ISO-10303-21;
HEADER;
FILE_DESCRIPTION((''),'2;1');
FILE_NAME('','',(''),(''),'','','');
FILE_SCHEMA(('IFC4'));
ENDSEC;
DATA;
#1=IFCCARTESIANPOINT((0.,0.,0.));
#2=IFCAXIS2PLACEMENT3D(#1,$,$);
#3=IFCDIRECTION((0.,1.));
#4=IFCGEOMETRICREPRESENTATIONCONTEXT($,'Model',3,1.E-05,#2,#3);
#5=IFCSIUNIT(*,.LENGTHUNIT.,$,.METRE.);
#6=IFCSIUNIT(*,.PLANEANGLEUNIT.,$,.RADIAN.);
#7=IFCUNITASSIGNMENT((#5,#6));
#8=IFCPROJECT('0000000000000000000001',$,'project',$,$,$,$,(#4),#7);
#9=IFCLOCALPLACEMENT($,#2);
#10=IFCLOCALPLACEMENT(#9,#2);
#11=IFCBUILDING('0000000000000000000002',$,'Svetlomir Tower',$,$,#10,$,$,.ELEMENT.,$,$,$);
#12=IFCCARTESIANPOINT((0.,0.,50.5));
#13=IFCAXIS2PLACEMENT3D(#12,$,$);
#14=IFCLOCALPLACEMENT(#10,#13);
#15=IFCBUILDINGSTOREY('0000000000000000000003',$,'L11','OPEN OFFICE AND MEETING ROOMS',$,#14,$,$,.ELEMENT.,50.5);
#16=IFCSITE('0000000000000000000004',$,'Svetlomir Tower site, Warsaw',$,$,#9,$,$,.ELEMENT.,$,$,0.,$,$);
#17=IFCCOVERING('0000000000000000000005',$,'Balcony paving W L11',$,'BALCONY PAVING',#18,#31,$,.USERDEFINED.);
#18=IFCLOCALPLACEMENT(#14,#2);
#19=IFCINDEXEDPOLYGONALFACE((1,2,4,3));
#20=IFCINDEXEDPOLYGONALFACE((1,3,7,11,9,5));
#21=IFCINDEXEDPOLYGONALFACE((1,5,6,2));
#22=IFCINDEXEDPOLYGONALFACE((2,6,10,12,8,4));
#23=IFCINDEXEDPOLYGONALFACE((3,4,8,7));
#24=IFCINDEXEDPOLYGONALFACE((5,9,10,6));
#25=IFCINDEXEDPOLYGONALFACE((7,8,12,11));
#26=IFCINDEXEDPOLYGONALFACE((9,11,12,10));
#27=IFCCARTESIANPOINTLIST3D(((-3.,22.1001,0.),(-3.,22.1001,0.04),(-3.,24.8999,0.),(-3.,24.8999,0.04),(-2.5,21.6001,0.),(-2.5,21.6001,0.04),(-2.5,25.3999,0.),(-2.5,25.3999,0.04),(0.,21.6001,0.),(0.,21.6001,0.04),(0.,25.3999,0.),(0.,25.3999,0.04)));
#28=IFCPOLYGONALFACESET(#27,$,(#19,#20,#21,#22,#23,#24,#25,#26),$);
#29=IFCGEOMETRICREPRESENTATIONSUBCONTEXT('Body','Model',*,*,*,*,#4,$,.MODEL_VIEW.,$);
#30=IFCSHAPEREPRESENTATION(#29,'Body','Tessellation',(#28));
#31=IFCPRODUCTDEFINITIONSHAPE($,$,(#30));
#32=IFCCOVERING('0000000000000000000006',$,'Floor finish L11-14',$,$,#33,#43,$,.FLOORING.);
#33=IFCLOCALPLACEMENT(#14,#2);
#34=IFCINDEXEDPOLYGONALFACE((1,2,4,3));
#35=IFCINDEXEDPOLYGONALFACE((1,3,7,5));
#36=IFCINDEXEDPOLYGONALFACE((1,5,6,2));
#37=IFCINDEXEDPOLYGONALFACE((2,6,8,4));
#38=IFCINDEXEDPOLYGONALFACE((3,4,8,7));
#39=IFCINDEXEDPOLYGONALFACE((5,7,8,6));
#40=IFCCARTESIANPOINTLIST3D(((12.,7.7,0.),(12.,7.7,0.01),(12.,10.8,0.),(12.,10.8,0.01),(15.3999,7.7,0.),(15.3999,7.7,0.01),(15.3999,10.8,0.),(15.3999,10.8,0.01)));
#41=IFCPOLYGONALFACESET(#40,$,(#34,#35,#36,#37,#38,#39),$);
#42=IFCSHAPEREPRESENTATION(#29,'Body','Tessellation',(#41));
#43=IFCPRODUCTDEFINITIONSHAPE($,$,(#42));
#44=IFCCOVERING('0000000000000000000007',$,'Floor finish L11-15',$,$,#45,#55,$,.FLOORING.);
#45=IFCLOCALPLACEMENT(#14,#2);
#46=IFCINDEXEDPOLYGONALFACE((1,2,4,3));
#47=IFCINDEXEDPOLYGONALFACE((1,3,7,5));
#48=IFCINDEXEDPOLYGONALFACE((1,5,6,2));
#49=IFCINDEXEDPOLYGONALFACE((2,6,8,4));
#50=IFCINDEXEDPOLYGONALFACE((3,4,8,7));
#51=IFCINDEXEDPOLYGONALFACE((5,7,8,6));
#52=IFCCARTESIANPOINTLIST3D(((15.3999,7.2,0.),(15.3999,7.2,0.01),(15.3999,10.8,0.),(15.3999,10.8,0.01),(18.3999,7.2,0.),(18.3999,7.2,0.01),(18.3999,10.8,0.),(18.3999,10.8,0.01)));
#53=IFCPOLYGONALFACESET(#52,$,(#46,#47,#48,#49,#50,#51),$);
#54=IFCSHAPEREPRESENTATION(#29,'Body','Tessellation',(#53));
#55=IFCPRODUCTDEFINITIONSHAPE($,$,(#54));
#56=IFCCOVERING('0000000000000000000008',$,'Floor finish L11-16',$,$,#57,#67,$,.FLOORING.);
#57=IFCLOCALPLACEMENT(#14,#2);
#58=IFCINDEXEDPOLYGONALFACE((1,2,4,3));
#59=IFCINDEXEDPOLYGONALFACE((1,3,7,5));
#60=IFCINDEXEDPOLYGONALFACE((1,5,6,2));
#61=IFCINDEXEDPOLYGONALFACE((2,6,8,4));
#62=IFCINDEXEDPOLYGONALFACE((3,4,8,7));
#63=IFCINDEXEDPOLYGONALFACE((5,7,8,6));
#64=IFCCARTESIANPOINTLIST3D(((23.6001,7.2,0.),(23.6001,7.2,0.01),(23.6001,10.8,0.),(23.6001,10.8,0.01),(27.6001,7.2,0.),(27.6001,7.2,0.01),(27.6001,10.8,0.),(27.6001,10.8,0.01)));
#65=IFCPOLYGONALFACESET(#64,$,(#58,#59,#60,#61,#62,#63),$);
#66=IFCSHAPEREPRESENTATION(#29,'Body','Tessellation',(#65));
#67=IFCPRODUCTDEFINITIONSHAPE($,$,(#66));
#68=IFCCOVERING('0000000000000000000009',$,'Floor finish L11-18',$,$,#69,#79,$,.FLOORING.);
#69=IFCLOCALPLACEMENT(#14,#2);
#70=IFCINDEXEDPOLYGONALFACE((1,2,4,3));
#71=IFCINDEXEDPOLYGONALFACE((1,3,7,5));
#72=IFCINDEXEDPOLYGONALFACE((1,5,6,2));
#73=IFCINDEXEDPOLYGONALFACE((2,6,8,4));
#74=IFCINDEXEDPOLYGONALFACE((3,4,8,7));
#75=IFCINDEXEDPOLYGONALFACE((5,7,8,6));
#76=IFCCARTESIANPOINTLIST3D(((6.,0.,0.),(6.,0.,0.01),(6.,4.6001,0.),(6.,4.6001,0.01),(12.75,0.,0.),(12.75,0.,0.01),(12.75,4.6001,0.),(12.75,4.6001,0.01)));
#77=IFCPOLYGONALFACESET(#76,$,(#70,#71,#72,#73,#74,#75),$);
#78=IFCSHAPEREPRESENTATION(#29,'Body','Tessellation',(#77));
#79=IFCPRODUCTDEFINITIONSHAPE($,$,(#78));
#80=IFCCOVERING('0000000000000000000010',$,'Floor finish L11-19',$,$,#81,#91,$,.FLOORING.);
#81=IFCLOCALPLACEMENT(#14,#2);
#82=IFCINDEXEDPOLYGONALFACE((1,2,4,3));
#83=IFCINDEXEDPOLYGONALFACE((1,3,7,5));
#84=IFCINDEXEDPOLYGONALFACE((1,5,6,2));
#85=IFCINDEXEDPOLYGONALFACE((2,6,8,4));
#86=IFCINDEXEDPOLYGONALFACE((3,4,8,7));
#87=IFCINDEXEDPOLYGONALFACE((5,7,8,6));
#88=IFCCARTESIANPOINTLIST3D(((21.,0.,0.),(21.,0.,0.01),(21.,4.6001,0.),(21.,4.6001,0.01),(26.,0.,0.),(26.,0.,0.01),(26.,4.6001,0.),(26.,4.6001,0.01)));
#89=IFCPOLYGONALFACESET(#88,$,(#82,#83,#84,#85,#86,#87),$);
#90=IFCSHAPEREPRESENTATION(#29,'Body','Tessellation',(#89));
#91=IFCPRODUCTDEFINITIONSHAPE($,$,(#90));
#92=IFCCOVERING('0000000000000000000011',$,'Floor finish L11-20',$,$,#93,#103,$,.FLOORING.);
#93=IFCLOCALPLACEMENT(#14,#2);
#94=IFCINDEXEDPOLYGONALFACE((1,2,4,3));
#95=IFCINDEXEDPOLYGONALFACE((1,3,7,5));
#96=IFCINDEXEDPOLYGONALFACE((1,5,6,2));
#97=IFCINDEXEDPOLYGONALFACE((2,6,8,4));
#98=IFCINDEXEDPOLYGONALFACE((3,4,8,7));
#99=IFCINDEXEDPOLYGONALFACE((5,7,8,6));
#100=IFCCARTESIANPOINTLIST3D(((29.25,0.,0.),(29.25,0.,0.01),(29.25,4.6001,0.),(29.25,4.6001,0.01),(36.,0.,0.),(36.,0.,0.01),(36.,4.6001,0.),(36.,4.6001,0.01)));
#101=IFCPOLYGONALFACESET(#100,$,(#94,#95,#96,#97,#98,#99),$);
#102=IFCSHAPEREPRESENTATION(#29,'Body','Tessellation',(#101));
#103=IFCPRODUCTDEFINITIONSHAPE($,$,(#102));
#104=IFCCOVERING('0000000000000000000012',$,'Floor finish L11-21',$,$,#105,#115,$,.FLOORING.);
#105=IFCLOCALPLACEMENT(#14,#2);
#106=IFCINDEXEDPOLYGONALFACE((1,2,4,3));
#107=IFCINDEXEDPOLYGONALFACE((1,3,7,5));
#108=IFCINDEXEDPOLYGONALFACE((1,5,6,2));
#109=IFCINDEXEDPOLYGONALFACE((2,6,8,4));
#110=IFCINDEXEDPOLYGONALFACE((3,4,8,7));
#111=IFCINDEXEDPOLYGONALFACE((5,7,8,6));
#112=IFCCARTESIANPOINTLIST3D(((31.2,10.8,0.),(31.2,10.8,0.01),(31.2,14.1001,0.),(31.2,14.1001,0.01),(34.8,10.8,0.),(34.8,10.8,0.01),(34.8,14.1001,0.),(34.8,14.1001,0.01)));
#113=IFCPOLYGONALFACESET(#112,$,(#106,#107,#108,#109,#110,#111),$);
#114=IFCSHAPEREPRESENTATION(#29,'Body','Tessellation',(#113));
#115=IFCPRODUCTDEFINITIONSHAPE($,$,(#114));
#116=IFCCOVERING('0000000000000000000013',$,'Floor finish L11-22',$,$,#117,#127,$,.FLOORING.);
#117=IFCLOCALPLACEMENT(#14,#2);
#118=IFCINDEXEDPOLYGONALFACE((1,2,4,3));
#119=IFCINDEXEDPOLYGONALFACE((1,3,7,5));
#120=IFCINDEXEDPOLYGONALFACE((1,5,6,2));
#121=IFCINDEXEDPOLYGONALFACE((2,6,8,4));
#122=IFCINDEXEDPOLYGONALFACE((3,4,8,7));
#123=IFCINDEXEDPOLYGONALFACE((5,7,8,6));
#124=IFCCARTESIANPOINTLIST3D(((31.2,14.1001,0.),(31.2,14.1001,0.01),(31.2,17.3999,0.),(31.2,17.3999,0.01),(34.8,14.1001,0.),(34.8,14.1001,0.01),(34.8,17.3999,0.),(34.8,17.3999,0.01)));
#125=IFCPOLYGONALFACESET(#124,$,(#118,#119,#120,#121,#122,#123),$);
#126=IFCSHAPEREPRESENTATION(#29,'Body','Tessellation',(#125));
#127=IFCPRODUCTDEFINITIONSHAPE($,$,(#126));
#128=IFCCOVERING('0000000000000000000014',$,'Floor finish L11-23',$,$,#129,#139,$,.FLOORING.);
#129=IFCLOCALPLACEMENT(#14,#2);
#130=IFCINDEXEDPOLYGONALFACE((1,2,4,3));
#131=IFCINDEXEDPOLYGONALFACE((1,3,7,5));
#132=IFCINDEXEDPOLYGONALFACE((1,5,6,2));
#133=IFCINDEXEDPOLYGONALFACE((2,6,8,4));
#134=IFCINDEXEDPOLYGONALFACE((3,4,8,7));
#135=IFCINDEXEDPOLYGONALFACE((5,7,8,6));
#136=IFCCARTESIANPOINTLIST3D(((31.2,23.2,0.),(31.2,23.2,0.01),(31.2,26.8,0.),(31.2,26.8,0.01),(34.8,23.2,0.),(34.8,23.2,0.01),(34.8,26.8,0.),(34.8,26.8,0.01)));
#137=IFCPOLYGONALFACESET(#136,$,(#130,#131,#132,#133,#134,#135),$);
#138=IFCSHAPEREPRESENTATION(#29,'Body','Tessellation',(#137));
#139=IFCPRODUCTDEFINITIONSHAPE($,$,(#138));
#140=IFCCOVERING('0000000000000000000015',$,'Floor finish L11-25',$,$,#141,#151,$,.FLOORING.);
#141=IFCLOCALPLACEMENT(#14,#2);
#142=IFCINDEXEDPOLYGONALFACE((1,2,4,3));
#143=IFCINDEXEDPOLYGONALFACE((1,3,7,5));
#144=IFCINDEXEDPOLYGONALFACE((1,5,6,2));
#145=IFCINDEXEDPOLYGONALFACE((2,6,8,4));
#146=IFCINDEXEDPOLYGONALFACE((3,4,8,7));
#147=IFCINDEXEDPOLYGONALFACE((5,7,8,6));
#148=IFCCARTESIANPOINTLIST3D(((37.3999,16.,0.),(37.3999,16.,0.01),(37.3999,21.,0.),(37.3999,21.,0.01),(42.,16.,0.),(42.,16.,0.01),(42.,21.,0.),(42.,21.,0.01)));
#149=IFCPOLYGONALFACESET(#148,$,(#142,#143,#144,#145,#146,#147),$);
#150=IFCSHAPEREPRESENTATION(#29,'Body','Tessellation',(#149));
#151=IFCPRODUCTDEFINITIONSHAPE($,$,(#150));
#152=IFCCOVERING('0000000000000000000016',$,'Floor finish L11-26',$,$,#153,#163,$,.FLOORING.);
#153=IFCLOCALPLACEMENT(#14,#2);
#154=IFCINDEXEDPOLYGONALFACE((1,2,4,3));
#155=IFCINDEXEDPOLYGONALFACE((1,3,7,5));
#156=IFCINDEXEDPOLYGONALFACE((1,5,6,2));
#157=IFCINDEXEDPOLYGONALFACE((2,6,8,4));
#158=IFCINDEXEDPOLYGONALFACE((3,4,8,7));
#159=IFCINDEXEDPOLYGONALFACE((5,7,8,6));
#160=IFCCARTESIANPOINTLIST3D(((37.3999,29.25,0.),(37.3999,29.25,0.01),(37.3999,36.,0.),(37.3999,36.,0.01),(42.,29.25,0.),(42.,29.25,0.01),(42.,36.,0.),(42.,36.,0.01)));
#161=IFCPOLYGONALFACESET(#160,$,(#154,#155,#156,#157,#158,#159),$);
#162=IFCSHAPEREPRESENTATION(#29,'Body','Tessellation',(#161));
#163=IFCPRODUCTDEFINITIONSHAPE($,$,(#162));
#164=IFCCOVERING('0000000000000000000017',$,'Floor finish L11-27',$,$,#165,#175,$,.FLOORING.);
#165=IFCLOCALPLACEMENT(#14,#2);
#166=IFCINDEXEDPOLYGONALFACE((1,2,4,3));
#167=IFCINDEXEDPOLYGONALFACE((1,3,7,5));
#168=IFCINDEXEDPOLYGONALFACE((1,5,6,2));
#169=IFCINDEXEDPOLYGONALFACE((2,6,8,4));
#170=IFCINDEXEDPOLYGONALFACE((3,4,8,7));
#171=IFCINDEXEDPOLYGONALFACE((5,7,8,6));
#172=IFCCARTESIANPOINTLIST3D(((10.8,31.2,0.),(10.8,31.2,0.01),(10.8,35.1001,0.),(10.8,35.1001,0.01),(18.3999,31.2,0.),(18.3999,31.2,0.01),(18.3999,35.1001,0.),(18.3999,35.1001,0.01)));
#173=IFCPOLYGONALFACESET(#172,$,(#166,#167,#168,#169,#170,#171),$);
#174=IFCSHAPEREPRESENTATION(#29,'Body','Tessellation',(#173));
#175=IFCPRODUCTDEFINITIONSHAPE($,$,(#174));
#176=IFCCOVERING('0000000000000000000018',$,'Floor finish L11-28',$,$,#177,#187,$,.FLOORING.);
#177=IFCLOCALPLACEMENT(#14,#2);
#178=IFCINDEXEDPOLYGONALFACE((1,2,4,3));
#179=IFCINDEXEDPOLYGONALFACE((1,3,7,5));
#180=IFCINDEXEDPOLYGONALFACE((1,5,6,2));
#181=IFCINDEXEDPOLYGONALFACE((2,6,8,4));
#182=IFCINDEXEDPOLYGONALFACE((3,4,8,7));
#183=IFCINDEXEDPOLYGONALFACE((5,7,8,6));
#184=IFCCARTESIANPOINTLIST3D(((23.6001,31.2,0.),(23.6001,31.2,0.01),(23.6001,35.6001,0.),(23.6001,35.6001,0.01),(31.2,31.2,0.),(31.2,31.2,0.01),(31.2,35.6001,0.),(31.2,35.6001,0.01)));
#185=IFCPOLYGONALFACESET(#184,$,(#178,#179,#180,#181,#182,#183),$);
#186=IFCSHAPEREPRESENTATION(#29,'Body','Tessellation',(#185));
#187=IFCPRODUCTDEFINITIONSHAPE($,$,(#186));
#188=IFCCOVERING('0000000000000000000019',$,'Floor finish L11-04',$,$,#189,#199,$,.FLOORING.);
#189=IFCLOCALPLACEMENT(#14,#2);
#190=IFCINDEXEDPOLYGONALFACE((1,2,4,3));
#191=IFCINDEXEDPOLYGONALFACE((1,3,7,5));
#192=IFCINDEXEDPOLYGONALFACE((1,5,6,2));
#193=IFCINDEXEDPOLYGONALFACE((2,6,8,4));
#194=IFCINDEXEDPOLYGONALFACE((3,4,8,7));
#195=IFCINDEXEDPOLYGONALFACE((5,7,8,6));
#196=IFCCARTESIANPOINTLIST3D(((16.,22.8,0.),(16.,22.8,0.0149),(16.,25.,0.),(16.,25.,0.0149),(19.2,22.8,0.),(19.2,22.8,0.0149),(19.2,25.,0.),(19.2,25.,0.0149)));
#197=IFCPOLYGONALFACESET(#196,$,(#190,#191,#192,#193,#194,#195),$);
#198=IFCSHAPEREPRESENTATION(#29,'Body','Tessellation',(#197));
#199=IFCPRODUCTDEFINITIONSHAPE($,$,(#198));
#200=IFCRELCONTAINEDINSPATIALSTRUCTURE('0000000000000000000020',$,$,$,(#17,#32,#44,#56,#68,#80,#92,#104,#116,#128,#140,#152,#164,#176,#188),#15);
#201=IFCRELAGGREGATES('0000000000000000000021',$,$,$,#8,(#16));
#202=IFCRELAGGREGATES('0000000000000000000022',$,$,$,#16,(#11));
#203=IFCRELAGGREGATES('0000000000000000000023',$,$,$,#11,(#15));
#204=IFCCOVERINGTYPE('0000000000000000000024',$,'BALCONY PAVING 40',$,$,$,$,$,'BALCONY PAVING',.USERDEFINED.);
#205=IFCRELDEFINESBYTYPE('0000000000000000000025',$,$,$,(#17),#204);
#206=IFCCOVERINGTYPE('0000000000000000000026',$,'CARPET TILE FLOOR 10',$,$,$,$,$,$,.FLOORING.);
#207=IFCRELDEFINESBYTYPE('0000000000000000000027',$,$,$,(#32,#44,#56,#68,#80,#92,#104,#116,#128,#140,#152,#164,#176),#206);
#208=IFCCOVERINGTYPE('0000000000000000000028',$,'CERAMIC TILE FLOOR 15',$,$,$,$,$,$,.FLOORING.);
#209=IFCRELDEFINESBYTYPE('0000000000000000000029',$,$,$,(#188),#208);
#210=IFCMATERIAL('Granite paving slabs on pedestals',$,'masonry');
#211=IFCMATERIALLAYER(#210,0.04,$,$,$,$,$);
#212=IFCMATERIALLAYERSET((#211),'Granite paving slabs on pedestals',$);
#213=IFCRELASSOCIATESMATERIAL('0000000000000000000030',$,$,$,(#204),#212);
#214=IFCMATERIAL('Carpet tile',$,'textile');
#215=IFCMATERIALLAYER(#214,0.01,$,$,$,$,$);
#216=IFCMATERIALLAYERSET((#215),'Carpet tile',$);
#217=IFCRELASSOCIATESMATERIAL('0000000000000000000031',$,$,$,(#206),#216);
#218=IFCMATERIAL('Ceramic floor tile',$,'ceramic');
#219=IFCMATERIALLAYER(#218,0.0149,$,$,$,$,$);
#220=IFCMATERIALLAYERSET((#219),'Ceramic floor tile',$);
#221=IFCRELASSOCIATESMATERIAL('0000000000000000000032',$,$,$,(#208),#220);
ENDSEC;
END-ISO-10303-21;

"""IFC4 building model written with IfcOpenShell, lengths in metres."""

from ifc_helpers import new_model, si_unit, direction, frame, origin, place, context, subcontext, project, spatial, polyline, outline, extrude, material, layer, layer_set, type_object, element, save


model = new_model("IFC4")

# Units and contexts
model_context = context("Model", 3, precision=1e-05, world=origin(), true_north=direction((0.0, 1.0)))
body_context = subcontext(model_context, "Body", "Model", "MODEL_VIEW")
ifc_project = project(units=[si_unit("LENGTHUNIT", "METRE"), si_unit("PLANEANGLEUNIT", "RADIAN")], contexts=[model_context])

# Site, building, storey
site_placement = place(None, origin())
site = spatial("IfcSite", under=ifc_project, at=site_placement, Name="Svetlomir Tower site, Warsaw", CompositionType="ELEMENT", RefElevation=0.0)
building_placement = place(site_placement, origin())
building = spatial("IfcBuilding", under=site, at=building_placement, Name="Svetlomir Tower", CompositionType="ELEMENT")
storey_placement = place(building_placement, frame((0.0, 0.0, 50.5)))
storey = spatial("IfcBuildingStorey", under=building, at=storey_placement, Name="L11", Description="OPEN OFFICE AND MEETING ROOMS", CompositionType="ELEMENT", Elevation=50.5)

# Coverings
ifc_material_1 = material(Name="Granite paving slabs on pedestals", Category="masonry")
ifc_layer_1 = layer(ifc_material_1, 0.04)
ifc_layer_set_1 = layer_set([ifc_layer_1], Name="Granite paving slabs on pedestals")
covering_type_1 = type_object("IfcCoveringType", Name="BALCONY PAVING 40", ElementType="BALCONY PAVING", PredefinedType="USERDEFINED", material=ifc_layer_set_1)
covering_1_placement = place(storey_placement, origin())
element("IfcCovering", 1, at=covering_1_placement, inside=storey, type_object=covering_type_1, Name="Balcony paving W L11", ObjectType="BALCONY PAVING", PredefinedType="USERDEFINED", context=body_context, shape_type="SweptSolid", body=[
    extrude(outline(polyline([(-2.5, 21.6001), (0.0, 21.6001), (0.0, 25.3999), (-2.5, 25.3999), (-3.0, 24.8999), (-3.0, 22.1001), (-2.5, 21.6001)])), origin(), (0.0, 0.0, 1.0), 0.04),
])
ifc_material_2 = material(Name="Carpet tile", Category="textile")
ifc_layer_2 = layer(ifc_material_2, 0.01)
ifc_layer_set_2 = layer_set([ifc_layer_2], Name="Carpet tile")
covering_type_2 = type_object("IfcCoveringType", Name="CARPET TILE FLOOR 10", PredefinedType="FLOORING", material=ifc_layer_set_2)
covering_2_placement = place(storey_placement, origin())
element("IfcCovering", 2, at=covering_2_placement, inside=storey, type_object=covering_type_2, Name="Floor finish L11-14", PredefinedType="FLOORING", context=body_context, shape_type="SweptSolid", body=[
    extrude(outline(polyline([(12.0, 7.7), (15.3999, 7.7), (15.3999, 10.8), (12.0, 10.8), (12.0, 7.7)])), origin(), (0.0, 0.0, 1.0), 0.01),
])
covering_3_placement = place(storey_placement, origin())
element("IfcCovering", 3, at=covering_3_placement, inside=storey, type_object=covering_type_2, Name="Floor finish L11-15", PredefinedType="FLOORING", context=body_context, shape_type="SweptSolid", body=[
    extrude(outline(polyline([(15.3999, 7.2), (18.3999, 7.2), (18.3999, 10.8), (15.3999, 10.8), (15.3999, 7.2)])), origin(), (0.0, 0.0, 1.0), 0.01),
])
covering_4_placement = place(storey_placement, origin())
element("IfcCovering", 4, at=covering_4_placement, inside=storey, type_object=covering_type_2, Name="Floor finish L11-16", PredefinedType="FLOORING", context=body_context, shape_type="SweptSolid", body=[
    extrude(outline(polyline([(23.6001, 7.2), (27.6001, 7.2), (27.6001, 10.8), (23.6001, 10.8), (23.6001, 7.2)])), origin(), (0.0, 0.0, 1.0), 0.01),
])
covering_5_placement = place(storey_placement, origin())
element("IfcCovering", 5, at=covering_5_placement, inside=storey, type_object=covering_type_2, Name="Floor finish L11-18", PredefinedType="FLOORING", context=body_context, shape_type="SweptSolid", body=[
    extrude(outline(polyline([(6.0, 0.0), (12.75, 0.0), (12.75, 4.6001), (6.0, 4.6001), (6.0, 0.0)])), origin(), (0.0, 0.0, 1.0), 0.01),
])
covering_6_placement = place(storey_placement, origin())
element("IfcCovering", 6, at=covering_6_placement, inside=storey, type_object=covering_type_2, Name="Floor finish L11-19", PredefinedType="FLOORING", context=body_context, shape_type="SweptSolid", body=[
    extrude(outline(polyline([(21.0, 0.0), (26.0, 0.0), (26.0, 4.6001), (21.0, 4.6001), (21.0, 0.0)])), origin(), (0.0, 0.0, 1.0), 0.01),
])
covering_7_placement = place(storey_placement, origin())
element("IfcCovering", 7, at=covering_7_placement, inside=storey, type_object=covering_type_2, Name="Floor finish L11-20", PredefinedType="FLOORING", context=body_context, shape_type="SweptSolid", body=[
    extrude(outline(polyline([(29.25, 0.0), (36.0, 0.0), (36.0, 4.6001), (29.25, 4.6001), (29.25, 0.0)])), origin(), (0.0, 0.0, 1.0), 0.01),
])
covering_8_placement = place(storey_placement, origin())
element("IfcCovering", 8, at=covering_8_placement, inside=storey, type_object=covering_type_2, Name="Floor finish L11-21", PredefinedType="FLOORING", context=body_context, shape_type="SweptSolid", body=[
    extrude(outline(polyline([(31.2, 10.8), (34.8, 10.8), (34.8, 14.1001), (31.2, 14.1001), (31.2, 10.8)])), origin(), (0.0, 0.0, 1.0), 0.01),
])
covering_9_placement = place(storey_placement, origin())
element("IfcCovering", 9, at=covering_9_placement, inside=storey, type_object=covering_type_2, Name="Floor finish L11-22", PredefinedType="FLOORING", context=body_context, shape_type="SweptSolid", body=[
    extrude(outline(polyline([(31.2, 14.1001), (34.8, 14.1001), (34.8, 17.3999), (31.2, 17.3999), (31.2, 14.1001)])), origin(), (0.0, 0.0, 1.0), 0.01),
])
covering_10_placement = place(storey_placement, origin())
element("IfcCovering", 10, at=covering_10_placement, inside=storey, type_object=covering_type_2, Name="Floor finish L11-23", PredefinedType="FLOORING", context=body_context, shape_type="SweptSolid", body=[
    extrude(outline(polyline([(31.2, 23.2), (34.8, 23.2), (34.8, 26.8), (31.2, 26.8), (31.2, 23.2)])), origin(), (0.0, 0.0, 1.0), 0.01),
])
covering_11_placement = place(storey_placement, origin())
element("IfcCovering", 11, at=covering_11_placement, inside=storey, type_object=covering_type_2, Name="Floor finish L11-25", PredefinedType="FLOORING", context=body_context, shape_type="SweptSolid", body=[
    extrude(outline(polyline([(37.3999, 16.0), (42.0, 16.0), (42.0, 21.0), (37.3999, 21.0), (37.3999, 16.0)])), origin(), (0.0, 0.0, 1.0), 0.01),
])
covering_12_placement = place(storey_placement, origin())
element("IfcCovering", 12, at=covering_12_placement, inside=storey, type_object=covering_type_2, Name="Floor finish L11-26", PredefinedType="FLOORING", context=body_context, shape_type="SweptSolid", body=[
    extrude(outline(polyline([(37.3999, 29.25), (42.0, 29.25), (42.0, 36.0), (37.3999, 36.0), (37.3999, 29.25)])), origin(), (0.0, 0.0, 1.0), 0.01),
])
covering_13_placement = place(storey_placement, origin())
element("IfcCovering", 13, at=covering_13_placement, inside=storey, type_object=covering_type_2, Name="Floor finish L11-27", PredefinedType="FLOORING", context=body_context, shape_type="SweptSolid", body=[
    extrude(outline(polyline([(10.8, 31.2), (18.3999, 31.2), (18.3999, 35.1001), (10.8, 35.1001), (10.8, 31.2)])), origin(), (0.0, 0.0, 1.0), 0.01),
])
covering_14_placement = place(storey_placement, origin())
element("IfcCovering", 14, at=covering_14_placement, inside=storey, type_object=covering_type_2, Name="Floor finish L11-28", PredefinedType="FLOORING", context=body_context, shape_type="SweptSolid", body=[
    extrude(outline(polyline([(23.6001, 31.2), (31.2, 31.2), (31.2, 35.6001), (23.6001, 35.6001), (23.6001, 31.2)])), origin(), (0.0, 0.0, 1.0), 0.01),
])
ifc_material_3 = material(Name="Ceramic floor tile", Category="ceramic")
ifc_layer_3 = layer(ifc_material_3, 0.0149)
ifc_layer_set_3 = layer_set([ifc_layer_3], Name="Ceramic floor tile")
covering_type_3 = type_object("IfcCoveringType", Name="CERAMIC TILE FLOOR 15", PredefinedType="FLOORING", material=ifc_layer_set_3)
covering_15_placement = place(storey_placement, origin())
element("IfcCovering", 15, at=covering_15_placement, inside=storey, type_object=covering_type_3, Name="Floor finish L11-04", PredefinedType="FLOORING", context=body_context, shape_type="SweptSolid", body=[
    extrude(outline(polyline([(16.0, 22.8), (19.2, 22.8), (19.2, 25.0), (16.0, 25.0), (16.0, 22.8)])), origin(), (0.0, 0.0, 1.0), 0.0149),
])

save(model, "model.ifc")
